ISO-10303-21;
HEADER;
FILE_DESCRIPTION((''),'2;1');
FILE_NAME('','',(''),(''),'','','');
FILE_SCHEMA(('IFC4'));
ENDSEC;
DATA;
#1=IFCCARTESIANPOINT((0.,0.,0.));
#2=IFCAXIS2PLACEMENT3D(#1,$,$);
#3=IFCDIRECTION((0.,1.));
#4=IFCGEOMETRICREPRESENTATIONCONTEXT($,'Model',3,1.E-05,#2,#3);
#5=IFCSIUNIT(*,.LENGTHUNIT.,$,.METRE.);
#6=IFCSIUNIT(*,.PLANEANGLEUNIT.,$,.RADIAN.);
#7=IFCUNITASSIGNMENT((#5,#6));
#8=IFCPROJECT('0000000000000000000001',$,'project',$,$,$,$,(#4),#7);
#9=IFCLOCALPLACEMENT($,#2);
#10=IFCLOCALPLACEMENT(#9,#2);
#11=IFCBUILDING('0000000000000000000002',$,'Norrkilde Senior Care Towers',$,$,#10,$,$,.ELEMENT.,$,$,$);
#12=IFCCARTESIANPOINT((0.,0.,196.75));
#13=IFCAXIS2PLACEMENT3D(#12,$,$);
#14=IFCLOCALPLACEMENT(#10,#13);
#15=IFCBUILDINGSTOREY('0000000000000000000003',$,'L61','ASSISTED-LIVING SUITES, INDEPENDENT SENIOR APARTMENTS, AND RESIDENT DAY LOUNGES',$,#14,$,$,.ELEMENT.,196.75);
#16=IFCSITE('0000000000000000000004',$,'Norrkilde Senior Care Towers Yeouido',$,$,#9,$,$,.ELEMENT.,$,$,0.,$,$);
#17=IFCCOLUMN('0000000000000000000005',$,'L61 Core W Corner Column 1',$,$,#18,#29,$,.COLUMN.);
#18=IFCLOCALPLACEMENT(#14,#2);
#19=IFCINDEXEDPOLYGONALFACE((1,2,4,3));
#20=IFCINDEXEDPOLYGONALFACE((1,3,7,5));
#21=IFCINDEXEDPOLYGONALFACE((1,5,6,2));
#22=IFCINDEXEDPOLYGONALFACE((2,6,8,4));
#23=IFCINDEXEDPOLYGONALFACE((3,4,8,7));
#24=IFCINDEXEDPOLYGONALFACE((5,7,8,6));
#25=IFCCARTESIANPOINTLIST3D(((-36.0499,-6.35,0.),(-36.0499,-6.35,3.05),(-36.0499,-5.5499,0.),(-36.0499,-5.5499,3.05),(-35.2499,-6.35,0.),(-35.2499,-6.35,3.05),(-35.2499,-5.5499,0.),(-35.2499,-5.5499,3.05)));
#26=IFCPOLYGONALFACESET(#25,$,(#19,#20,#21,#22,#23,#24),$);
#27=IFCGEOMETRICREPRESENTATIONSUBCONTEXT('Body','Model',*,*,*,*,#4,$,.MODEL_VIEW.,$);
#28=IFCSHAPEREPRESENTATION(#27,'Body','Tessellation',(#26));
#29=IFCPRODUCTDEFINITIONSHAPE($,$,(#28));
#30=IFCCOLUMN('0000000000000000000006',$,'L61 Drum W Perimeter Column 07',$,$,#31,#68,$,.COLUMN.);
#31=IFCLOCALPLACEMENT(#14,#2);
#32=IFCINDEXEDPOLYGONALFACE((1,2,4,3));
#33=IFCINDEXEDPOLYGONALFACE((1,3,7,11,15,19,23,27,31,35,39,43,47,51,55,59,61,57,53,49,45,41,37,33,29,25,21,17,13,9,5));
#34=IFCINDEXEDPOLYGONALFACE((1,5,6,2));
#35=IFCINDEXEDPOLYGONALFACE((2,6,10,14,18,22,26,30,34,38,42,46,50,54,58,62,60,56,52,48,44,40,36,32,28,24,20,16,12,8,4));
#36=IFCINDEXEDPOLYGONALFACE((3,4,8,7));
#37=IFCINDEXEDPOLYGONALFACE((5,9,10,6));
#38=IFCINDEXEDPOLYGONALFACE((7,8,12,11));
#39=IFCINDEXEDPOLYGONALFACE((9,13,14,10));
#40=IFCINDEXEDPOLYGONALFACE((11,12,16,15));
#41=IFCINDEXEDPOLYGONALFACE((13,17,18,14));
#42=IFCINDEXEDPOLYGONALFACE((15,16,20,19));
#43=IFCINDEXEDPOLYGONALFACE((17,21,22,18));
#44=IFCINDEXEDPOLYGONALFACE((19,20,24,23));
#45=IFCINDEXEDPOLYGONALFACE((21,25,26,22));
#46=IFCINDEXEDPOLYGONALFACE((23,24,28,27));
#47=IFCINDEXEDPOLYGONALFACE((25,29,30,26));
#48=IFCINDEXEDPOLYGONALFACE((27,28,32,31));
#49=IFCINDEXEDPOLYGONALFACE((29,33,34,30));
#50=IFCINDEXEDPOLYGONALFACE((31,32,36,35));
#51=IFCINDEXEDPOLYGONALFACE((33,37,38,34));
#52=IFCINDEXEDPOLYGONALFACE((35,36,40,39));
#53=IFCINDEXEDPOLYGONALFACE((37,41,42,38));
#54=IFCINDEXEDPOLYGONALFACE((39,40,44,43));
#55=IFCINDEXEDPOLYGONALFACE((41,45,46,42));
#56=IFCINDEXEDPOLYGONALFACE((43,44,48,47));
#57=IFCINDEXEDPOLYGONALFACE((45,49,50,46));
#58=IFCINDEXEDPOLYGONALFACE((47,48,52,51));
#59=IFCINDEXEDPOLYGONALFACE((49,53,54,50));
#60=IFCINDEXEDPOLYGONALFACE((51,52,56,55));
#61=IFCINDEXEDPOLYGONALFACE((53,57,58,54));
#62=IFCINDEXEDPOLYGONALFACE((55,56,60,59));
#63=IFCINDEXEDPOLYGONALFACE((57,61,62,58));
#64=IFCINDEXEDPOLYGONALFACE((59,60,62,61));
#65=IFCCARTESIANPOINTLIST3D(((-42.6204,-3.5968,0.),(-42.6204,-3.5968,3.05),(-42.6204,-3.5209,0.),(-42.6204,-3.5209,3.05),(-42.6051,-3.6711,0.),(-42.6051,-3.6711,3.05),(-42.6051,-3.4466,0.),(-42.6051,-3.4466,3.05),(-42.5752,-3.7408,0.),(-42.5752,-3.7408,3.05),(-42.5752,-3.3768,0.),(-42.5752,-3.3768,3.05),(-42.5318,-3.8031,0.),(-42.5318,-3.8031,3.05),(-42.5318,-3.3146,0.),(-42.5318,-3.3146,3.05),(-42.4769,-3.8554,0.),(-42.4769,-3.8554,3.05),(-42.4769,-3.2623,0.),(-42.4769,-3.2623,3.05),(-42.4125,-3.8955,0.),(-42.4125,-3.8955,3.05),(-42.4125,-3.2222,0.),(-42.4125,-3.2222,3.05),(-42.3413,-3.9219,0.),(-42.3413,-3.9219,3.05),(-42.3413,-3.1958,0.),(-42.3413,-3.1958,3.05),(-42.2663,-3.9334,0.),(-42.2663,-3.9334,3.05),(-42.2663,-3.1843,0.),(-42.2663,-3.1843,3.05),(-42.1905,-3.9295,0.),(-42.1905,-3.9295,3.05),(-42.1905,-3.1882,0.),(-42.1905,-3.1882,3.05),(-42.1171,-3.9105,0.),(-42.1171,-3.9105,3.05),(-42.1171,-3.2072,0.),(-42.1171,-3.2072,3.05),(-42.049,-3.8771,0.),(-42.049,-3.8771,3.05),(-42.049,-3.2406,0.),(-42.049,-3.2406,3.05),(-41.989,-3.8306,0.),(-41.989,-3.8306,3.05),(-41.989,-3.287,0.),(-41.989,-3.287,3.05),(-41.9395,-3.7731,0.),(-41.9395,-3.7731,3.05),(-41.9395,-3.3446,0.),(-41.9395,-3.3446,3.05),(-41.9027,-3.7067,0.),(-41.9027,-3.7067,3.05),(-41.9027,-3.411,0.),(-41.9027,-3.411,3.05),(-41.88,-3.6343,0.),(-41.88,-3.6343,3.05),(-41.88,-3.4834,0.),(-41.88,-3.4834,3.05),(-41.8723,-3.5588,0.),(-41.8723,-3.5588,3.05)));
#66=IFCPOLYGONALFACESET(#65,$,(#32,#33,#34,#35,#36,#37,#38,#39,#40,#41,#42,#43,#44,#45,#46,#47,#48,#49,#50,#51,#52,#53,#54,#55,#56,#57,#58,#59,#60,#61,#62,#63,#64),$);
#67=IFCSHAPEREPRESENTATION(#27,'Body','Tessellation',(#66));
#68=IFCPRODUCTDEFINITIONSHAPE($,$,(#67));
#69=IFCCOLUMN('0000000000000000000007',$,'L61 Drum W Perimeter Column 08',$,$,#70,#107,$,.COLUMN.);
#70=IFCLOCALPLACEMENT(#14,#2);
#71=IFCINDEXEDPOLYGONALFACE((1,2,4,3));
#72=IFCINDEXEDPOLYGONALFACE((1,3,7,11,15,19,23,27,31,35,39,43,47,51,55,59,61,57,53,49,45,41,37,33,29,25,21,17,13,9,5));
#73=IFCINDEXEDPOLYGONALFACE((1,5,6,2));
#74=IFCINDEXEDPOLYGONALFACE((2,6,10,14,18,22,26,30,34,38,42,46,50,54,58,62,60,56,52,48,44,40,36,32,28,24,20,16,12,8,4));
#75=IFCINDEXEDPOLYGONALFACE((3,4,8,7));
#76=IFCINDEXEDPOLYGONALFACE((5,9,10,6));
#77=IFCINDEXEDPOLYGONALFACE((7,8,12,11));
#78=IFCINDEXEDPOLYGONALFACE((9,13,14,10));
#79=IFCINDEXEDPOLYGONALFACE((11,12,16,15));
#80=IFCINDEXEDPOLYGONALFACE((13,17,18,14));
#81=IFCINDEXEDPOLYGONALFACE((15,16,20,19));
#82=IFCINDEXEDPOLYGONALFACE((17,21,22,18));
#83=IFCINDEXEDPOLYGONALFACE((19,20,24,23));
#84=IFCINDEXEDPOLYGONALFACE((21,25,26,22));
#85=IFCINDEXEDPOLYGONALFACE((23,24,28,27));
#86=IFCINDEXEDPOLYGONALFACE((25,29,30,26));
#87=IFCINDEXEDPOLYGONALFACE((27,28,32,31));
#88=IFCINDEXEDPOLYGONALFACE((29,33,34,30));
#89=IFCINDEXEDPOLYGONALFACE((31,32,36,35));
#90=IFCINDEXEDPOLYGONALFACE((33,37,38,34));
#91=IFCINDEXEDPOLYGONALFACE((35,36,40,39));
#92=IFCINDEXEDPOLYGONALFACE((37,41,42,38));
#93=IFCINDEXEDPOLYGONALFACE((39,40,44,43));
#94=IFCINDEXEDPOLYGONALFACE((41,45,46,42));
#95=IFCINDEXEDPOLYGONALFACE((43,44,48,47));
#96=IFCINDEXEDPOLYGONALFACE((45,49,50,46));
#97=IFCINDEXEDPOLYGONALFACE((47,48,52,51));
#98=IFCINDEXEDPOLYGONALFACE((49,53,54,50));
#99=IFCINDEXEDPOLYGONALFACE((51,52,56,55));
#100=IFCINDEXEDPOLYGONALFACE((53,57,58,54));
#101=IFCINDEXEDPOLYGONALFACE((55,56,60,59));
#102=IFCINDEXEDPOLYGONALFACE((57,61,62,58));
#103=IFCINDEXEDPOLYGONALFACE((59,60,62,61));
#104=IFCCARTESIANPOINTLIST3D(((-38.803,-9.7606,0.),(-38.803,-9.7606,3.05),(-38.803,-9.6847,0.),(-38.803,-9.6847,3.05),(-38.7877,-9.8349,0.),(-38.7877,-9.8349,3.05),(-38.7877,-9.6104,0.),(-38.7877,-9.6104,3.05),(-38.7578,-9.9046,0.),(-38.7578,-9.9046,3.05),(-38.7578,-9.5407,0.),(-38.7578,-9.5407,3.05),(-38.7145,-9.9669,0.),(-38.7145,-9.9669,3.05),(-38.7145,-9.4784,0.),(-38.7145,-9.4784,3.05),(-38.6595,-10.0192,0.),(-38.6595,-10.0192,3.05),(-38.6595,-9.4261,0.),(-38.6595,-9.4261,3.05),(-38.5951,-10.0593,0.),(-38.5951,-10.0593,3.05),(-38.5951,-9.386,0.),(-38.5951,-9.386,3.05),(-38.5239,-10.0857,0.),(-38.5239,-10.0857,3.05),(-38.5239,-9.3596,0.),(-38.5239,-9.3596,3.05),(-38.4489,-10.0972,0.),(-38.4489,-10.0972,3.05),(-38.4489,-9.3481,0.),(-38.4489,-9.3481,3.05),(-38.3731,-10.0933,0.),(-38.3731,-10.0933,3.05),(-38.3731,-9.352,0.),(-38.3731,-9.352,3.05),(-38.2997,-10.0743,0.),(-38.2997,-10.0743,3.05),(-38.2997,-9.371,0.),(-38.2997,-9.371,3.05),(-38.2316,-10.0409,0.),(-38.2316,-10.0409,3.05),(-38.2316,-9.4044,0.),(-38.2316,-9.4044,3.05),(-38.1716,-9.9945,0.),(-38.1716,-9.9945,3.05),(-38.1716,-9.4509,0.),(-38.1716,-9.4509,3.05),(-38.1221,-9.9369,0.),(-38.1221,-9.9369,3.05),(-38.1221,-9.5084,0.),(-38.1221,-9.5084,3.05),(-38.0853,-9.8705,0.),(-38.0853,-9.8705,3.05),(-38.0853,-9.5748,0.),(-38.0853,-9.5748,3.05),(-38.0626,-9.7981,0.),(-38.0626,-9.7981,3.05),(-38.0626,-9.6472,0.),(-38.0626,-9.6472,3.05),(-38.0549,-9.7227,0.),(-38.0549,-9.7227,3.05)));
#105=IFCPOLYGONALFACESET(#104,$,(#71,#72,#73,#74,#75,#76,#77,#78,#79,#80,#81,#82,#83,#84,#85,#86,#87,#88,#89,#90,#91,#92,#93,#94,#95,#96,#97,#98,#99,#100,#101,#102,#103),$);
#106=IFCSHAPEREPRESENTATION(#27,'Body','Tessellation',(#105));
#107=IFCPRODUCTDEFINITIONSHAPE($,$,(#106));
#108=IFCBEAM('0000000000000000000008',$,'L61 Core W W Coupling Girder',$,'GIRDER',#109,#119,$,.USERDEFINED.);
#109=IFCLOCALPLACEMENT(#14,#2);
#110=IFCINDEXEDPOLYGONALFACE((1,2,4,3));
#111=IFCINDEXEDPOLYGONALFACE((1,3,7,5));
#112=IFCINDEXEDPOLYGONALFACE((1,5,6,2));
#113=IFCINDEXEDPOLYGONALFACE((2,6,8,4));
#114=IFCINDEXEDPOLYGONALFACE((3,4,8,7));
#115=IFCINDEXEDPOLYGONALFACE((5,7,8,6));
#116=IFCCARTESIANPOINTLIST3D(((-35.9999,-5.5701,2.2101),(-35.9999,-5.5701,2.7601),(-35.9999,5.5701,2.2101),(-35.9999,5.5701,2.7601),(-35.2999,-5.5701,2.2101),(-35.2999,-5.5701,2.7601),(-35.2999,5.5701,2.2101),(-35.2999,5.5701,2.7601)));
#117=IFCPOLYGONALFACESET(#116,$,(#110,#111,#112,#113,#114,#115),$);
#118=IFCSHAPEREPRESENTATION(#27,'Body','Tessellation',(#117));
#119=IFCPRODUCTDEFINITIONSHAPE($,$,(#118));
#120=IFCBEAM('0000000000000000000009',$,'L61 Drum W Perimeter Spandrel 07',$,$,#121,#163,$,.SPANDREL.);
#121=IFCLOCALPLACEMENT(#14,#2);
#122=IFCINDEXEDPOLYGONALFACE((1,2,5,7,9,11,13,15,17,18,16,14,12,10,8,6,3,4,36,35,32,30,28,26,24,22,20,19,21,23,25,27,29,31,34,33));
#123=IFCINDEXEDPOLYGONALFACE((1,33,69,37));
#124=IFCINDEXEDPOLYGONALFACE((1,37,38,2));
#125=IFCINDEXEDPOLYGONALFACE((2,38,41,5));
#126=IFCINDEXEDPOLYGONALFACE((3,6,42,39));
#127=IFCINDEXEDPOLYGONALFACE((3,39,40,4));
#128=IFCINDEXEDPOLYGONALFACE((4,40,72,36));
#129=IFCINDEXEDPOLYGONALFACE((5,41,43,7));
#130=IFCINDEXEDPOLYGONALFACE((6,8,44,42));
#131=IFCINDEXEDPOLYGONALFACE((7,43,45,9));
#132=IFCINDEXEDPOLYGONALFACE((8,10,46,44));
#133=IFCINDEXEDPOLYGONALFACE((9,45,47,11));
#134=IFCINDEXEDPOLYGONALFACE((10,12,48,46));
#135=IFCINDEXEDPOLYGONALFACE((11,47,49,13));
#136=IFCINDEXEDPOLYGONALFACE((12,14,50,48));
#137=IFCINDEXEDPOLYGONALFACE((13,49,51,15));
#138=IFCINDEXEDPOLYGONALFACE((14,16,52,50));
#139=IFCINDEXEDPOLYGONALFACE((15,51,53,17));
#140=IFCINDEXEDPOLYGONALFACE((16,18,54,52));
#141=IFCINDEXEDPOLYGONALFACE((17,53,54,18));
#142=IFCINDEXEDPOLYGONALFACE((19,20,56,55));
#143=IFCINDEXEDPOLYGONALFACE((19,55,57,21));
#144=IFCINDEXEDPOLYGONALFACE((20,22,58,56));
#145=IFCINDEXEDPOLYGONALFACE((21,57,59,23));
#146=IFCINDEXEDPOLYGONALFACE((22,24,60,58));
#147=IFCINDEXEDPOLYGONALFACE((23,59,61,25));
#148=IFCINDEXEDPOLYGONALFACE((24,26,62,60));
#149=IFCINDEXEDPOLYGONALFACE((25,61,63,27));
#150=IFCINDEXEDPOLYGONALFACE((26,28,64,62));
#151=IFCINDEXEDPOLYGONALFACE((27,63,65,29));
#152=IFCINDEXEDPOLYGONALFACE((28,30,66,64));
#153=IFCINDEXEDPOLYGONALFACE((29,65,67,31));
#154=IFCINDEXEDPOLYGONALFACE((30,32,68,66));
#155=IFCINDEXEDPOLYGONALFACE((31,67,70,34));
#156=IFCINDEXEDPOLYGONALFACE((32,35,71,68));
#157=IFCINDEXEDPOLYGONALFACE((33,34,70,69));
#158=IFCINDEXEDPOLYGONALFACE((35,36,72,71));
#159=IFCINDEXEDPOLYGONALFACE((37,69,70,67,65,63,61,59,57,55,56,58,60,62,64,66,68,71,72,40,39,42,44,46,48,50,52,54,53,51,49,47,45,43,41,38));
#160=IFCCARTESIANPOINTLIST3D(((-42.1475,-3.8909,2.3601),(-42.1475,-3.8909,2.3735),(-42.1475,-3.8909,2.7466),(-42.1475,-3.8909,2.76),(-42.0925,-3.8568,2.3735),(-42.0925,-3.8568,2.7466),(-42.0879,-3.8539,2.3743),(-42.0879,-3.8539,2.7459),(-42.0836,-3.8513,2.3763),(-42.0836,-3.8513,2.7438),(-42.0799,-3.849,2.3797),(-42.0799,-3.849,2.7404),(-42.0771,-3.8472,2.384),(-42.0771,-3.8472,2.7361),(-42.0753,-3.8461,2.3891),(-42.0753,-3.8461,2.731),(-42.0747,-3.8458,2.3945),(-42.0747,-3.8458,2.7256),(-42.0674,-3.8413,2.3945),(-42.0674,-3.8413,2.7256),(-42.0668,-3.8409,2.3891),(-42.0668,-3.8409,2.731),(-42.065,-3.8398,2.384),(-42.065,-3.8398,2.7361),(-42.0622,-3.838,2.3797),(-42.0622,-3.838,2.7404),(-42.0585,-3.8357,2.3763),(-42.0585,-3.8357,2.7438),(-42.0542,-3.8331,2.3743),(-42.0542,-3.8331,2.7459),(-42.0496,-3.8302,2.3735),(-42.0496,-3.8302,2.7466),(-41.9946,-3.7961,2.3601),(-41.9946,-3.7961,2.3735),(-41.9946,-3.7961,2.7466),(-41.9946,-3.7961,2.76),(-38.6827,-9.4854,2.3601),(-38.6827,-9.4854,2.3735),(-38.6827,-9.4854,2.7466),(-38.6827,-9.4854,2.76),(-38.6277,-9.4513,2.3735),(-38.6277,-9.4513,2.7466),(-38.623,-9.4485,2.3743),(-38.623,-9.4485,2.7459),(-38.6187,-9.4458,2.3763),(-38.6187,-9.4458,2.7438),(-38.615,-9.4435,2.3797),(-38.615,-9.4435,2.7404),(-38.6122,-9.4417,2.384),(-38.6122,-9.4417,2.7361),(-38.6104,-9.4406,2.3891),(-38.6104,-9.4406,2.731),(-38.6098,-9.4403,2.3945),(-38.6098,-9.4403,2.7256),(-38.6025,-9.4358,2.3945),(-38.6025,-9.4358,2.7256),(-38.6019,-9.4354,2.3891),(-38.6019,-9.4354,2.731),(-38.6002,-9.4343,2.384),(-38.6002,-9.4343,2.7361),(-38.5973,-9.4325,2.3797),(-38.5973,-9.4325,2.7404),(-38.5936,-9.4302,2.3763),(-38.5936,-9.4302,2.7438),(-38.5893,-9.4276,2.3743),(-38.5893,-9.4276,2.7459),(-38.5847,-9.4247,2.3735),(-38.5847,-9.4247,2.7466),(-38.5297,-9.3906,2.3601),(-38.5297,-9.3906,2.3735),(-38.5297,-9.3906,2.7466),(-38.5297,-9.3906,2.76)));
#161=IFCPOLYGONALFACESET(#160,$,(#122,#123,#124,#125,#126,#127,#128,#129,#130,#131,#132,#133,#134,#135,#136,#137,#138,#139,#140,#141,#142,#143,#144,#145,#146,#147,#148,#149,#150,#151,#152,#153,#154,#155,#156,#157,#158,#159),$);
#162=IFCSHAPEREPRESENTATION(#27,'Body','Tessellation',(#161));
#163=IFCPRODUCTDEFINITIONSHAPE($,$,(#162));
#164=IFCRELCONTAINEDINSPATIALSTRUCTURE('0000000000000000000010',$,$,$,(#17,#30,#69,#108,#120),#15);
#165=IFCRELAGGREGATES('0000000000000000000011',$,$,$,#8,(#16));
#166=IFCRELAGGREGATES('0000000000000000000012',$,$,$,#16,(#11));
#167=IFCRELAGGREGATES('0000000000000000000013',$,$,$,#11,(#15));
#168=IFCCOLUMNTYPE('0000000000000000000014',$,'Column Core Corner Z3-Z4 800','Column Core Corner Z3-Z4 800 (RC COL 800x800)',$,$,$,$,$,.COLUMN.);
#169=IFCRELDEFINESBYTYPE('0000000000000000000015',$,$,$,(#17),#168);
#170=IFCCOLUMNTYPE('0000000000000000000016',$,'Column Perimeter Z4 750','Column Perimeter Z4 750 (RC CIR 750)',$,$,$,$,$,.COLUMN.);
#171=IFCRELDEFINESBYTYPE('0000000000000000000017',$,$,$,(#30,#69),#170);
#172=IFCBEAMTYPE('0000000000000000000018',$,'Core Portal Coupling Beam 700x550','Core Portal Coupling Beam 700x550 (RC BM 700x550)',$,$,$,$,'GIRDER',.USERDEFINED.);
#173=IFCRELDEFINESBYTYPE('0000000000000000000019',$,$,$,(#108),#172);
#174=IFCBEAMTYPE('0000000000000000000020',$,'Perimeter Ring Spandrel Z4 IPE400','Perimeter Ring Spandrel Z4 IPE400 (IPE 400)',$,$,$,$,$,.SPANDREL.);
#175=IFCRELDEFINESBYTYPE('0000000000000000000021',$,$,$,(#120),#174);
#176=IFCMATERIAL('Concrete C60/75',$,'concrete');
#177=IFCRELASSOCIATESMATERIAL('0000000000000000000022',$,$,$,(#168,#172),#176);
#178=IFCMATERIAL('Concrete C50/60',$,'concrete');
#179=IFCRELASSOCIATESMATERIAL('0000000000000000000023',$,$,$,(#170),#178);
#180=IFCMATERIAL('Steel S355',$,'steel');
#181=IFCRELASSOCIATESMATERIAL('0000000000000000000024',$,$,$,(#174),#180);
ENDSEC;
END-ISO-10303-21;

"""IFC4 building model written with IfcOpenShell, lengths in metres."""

from ifc_helpers import new_model, si_unit, direction, frame, origin, origin_2d, place, context, subcontext, project, spatial, rectangle, circle, i_section, extrude, source, transform, mapped, material, material_profile, profile_set, type_object, type_shapes, element, save


model = new_model("IFC4")

# Units and contexts
model_context = context("Model", 3, precision=1e-05, world=origin(), true_north=direction((0.0, 1.0)))
body_context = subcontext(model_context, "Body", "Model", "MODEL_VIEW")
ifc_project = project(units=[si_unit("LENGTHUNIT", "METRE"), si_unit("PLANEANGLEUNIT", "RADIAN")], contexts=[model_context])

# Site, building, storey
site_placement = place(None, origin())
site = spatial("IfcSite", under=ifc_project, at=site_placement, Name="Norrkilde Senior Care Towers Yeouido", CompositionType="ELEMENT", RefElevation=0.0)
building_placement = place(site_placement, origin())
building = spatial("IfcBuilding", under=site, at=building_placement, Name="Norrkilde Senior Care Towers", CompositionType="ELEMENT")
storey_placement = place(building_placement, frame((0.0, 0.0, 196.75)))
storey = spatial("IfcBuildingStorey", under=building, at=storey_placement, Name="L61", Description="ASSISTED-LIVING SUITES, INDEPENDENT SENIOR APARTMENTS, AND RESIDENT DAY LOUNGES", CompositionType="ELEMENT", Elevation=196.75)

# Columns
ifc_material_1 = material(Name="Concrete C60/75", Category="concrete")
ifc_material_profile_1 = material_profile(ifc_material_1, rectangle(XDim=0.8, YDim=0.8, at=origin_2d()), Name="RC COL 800x800")
ifc_profile_set_1 = profile_set([ifc_material_profile_1], Name="Concrete C60/75")
column_type_1 = type_object("IfcColumnType", Name="Column Core Corner Z3-Z4 800", Description="Column Core Corner Z3-Z4 800 (RC COL 800x800)", PredefinedType="COLUMN", material=ifc_profile_set_1)
shared_shape_1 = source(origin(), body_context, "Body", "SweptSolid", [
    extrude(rectangle(XDim=0.8, YDim=0.8, at=origin_2d()), origin(), (0.0, 0.0, 1.0), 3.05),
])
type_shapes(column_type_1, [shared_shape_1])
column_placement = place(storey_placement, frame((-35.6499, -5.95, 0.0), z_axis=(0.0, 0.0, 1.0), x_axis=(1.0, 0.0, 0.0)))
element("IfcColumn", 1, at=column_placement, inside=storey, type_object=column_type_1, Name="L61 Core W Corner Column 1", PredefinedType="COLUMN", context=body_context, shape_type="MappedRepresentation", body=[
    mapped(shared_shape_1, transform((0.0, 0.0, 0.0), x_axis=(1.0, 0.0, 0.0), y_axis=(0.0, 1.0, 0.0), z_axis=(0.0, 0.0, 1.0), scale=1.0)),
])
ifc_material_2 = material(Name="Concrete C50/60", Category="concrete")
ifc_material_profile_2 = material_profile(ifc_material_2, circle(Radius=0.375, at=origin_2d()), Name="RC CIR 750")
ifc_profile_set_2 = profile_set([ifc_material_profile_2], Name="Concrete C50/60")
column_type_2 = type_object("IfcColumnType", Name="Column Perimeter Z4 750", Description="Column Perimeter Z4 750 (RC CIR 750)", PredefinedType="COLUMN", material=ifc_profile_set_2)
shared_shape_2 = source(origin(), body_context, "Body", "SweptSolid", [
    extrude(circle(Radius=0.375, at=origin_2d()), origin(), (0.0, 0.0, 1.0), 3.05),
])
type_shapes(column_type_2, [shared_shape_2])
for number, where, z_axis, x_axis, name in (
    (2, (-42.2473, -3.5588, 0.0), (0.0, 0.0, 1.0), (1.0, 0.0, 0.0), "L61 Drum W Perimeter Column 07"),
    (3, (-38.4299, -9.7227, 0.0), (0.0, 0.0, 1.0), (1.0, 0.0, 0.0), "L61 Drum W Perimeter Column 08"),
):
    element("IfcColumn", number, at=place(storey_placement, frame(where, z_axis=z_axis, x_axis=x_axis)), inside=storey, type_object=column_type_2, Name=name, PredefinedType="COLUMN", context=body_context, shape_type="MappedRepresentation", body=[
        mapped(shared_shape_2, transform((0.0, 0.0, 0.0), x_axis=(1.0, 0.0, 0.0), y_axis=(0.0, 1.0, 0.0), z_axis=(0.0, 0.0, 1.0), scale=1.0)),
    ])

# Beams
ifc_material_profile_3 = material_profile(ifc_material_1, rectangle(XDim=0.7, YDim=0.55, at=origin_2d()), Name="RC BM 700x550")
ifc_profile_set_3 = profile_set([ifc_material_profile_3], Name="Concrete C60/75")
beam_type_1 = type_object("IfcBeamType", Name="Core Portal Coupling Beam 700x550", Description="Core Portal Coupling Beam 700x550 (RC BM 700x550)", ElementType="GIRDER", PredefinedType="USERDEFINED", material=ifc_profile_set_3)
shared_shape_3 = source(origin(), body_context, "Body", "SweptSolid", [
    extrude(rectangle(XDim=0.7, YDim=0.55, at=origin_2d()), origin(), (0.0, 0.0, 1.0), 11.1401),
])
type_shapes(beam_type_1, [shared_shape_3])
beam_1_placement = place(storey_placement, frame((-35.6499, -5.5701, 2.4851), z_axis=(0.0, 1.0, 0.0), x_axis=(-1.0, 0.0, 0.0)))
element("IfcBeam", 4, at=beam_1_placement, inside=storey, type_object=beam_type_1, Name="L61 Core W W Coupling Girder", ObjectType="GIRDER", PredefinedType="USERDEFINED", context=body_context, shape_type="MappedRepresentation", body=[
    mapped(shared_shape_3, transform((0.0, 0.0, 0.0), x_axis=(1.0, 0.0, 0.0), y_axis=(0.0, 1.0, 0.0), z_axis=(0.0, 0.0, 1.0), scale=1.0)),
])
ifc_material_3 = material(Name="Steel S355", Category="steel")
ifc_material_profile_4 = material_profile(ifc_material_3, i_section(OverallWidth=0.1799, OverallDepth=0.3999, WebThickness=0.0085, FlangeThickness=0.0134, FilletRadius=0.021, at=origin_2d()), Name="IPE 400")
ifc_profile_set_4 = profile_set([ifc_material_profile_4], Name="Steel S355")
beam_type_2 = type_object("IfcBeamType", Name="Perimeter Ring Spandrel Z4 IPE400", Description="Perimeter Ring Spandrel Z4 IPE400 (IPE 400)", PredefinedType="SPANDREL", material=ifc_profile_set_4)
shared_shape_4 = source(origin(), body_context, "Body", "SweptSolid", [
    extrude(i_section(OverallWidth=0.1799, OverallDepth=0.3999, WebThickness=0.0085, FlangeThickness=0.0134, FilletRadius=0.021, at=origin_2d()), origin(), (0.0, 0.0, 1.0), 6.5806),
])
beam_2_placement = place(storey_placement, frame((-42.071, -3.8435, 2.5601), z_axis=(0.52653, -0.850157, 0.0), x_axis=(0.850157, 0.52653, 0.0)))
element("IfcBeam", 5, at=beam_2_placement, inside=storey, type_object=beam_type_2, Name="L61 Drum W Perimeter Spandrel 07", PredefinedType="SPANDREL", context=body_context, shape_type="MappedRepresentation", body=[
    mapped(shared_shape_4, transform((0.0, 0.0, 0.0), x_axis=(1.0, 0.0, 0.0), y_axis=(0.0, 1.0, 0.0), z_axis=(0.0, 0.0, 1.0), scale=1.0)),
])

save(model, "model.ifc")
